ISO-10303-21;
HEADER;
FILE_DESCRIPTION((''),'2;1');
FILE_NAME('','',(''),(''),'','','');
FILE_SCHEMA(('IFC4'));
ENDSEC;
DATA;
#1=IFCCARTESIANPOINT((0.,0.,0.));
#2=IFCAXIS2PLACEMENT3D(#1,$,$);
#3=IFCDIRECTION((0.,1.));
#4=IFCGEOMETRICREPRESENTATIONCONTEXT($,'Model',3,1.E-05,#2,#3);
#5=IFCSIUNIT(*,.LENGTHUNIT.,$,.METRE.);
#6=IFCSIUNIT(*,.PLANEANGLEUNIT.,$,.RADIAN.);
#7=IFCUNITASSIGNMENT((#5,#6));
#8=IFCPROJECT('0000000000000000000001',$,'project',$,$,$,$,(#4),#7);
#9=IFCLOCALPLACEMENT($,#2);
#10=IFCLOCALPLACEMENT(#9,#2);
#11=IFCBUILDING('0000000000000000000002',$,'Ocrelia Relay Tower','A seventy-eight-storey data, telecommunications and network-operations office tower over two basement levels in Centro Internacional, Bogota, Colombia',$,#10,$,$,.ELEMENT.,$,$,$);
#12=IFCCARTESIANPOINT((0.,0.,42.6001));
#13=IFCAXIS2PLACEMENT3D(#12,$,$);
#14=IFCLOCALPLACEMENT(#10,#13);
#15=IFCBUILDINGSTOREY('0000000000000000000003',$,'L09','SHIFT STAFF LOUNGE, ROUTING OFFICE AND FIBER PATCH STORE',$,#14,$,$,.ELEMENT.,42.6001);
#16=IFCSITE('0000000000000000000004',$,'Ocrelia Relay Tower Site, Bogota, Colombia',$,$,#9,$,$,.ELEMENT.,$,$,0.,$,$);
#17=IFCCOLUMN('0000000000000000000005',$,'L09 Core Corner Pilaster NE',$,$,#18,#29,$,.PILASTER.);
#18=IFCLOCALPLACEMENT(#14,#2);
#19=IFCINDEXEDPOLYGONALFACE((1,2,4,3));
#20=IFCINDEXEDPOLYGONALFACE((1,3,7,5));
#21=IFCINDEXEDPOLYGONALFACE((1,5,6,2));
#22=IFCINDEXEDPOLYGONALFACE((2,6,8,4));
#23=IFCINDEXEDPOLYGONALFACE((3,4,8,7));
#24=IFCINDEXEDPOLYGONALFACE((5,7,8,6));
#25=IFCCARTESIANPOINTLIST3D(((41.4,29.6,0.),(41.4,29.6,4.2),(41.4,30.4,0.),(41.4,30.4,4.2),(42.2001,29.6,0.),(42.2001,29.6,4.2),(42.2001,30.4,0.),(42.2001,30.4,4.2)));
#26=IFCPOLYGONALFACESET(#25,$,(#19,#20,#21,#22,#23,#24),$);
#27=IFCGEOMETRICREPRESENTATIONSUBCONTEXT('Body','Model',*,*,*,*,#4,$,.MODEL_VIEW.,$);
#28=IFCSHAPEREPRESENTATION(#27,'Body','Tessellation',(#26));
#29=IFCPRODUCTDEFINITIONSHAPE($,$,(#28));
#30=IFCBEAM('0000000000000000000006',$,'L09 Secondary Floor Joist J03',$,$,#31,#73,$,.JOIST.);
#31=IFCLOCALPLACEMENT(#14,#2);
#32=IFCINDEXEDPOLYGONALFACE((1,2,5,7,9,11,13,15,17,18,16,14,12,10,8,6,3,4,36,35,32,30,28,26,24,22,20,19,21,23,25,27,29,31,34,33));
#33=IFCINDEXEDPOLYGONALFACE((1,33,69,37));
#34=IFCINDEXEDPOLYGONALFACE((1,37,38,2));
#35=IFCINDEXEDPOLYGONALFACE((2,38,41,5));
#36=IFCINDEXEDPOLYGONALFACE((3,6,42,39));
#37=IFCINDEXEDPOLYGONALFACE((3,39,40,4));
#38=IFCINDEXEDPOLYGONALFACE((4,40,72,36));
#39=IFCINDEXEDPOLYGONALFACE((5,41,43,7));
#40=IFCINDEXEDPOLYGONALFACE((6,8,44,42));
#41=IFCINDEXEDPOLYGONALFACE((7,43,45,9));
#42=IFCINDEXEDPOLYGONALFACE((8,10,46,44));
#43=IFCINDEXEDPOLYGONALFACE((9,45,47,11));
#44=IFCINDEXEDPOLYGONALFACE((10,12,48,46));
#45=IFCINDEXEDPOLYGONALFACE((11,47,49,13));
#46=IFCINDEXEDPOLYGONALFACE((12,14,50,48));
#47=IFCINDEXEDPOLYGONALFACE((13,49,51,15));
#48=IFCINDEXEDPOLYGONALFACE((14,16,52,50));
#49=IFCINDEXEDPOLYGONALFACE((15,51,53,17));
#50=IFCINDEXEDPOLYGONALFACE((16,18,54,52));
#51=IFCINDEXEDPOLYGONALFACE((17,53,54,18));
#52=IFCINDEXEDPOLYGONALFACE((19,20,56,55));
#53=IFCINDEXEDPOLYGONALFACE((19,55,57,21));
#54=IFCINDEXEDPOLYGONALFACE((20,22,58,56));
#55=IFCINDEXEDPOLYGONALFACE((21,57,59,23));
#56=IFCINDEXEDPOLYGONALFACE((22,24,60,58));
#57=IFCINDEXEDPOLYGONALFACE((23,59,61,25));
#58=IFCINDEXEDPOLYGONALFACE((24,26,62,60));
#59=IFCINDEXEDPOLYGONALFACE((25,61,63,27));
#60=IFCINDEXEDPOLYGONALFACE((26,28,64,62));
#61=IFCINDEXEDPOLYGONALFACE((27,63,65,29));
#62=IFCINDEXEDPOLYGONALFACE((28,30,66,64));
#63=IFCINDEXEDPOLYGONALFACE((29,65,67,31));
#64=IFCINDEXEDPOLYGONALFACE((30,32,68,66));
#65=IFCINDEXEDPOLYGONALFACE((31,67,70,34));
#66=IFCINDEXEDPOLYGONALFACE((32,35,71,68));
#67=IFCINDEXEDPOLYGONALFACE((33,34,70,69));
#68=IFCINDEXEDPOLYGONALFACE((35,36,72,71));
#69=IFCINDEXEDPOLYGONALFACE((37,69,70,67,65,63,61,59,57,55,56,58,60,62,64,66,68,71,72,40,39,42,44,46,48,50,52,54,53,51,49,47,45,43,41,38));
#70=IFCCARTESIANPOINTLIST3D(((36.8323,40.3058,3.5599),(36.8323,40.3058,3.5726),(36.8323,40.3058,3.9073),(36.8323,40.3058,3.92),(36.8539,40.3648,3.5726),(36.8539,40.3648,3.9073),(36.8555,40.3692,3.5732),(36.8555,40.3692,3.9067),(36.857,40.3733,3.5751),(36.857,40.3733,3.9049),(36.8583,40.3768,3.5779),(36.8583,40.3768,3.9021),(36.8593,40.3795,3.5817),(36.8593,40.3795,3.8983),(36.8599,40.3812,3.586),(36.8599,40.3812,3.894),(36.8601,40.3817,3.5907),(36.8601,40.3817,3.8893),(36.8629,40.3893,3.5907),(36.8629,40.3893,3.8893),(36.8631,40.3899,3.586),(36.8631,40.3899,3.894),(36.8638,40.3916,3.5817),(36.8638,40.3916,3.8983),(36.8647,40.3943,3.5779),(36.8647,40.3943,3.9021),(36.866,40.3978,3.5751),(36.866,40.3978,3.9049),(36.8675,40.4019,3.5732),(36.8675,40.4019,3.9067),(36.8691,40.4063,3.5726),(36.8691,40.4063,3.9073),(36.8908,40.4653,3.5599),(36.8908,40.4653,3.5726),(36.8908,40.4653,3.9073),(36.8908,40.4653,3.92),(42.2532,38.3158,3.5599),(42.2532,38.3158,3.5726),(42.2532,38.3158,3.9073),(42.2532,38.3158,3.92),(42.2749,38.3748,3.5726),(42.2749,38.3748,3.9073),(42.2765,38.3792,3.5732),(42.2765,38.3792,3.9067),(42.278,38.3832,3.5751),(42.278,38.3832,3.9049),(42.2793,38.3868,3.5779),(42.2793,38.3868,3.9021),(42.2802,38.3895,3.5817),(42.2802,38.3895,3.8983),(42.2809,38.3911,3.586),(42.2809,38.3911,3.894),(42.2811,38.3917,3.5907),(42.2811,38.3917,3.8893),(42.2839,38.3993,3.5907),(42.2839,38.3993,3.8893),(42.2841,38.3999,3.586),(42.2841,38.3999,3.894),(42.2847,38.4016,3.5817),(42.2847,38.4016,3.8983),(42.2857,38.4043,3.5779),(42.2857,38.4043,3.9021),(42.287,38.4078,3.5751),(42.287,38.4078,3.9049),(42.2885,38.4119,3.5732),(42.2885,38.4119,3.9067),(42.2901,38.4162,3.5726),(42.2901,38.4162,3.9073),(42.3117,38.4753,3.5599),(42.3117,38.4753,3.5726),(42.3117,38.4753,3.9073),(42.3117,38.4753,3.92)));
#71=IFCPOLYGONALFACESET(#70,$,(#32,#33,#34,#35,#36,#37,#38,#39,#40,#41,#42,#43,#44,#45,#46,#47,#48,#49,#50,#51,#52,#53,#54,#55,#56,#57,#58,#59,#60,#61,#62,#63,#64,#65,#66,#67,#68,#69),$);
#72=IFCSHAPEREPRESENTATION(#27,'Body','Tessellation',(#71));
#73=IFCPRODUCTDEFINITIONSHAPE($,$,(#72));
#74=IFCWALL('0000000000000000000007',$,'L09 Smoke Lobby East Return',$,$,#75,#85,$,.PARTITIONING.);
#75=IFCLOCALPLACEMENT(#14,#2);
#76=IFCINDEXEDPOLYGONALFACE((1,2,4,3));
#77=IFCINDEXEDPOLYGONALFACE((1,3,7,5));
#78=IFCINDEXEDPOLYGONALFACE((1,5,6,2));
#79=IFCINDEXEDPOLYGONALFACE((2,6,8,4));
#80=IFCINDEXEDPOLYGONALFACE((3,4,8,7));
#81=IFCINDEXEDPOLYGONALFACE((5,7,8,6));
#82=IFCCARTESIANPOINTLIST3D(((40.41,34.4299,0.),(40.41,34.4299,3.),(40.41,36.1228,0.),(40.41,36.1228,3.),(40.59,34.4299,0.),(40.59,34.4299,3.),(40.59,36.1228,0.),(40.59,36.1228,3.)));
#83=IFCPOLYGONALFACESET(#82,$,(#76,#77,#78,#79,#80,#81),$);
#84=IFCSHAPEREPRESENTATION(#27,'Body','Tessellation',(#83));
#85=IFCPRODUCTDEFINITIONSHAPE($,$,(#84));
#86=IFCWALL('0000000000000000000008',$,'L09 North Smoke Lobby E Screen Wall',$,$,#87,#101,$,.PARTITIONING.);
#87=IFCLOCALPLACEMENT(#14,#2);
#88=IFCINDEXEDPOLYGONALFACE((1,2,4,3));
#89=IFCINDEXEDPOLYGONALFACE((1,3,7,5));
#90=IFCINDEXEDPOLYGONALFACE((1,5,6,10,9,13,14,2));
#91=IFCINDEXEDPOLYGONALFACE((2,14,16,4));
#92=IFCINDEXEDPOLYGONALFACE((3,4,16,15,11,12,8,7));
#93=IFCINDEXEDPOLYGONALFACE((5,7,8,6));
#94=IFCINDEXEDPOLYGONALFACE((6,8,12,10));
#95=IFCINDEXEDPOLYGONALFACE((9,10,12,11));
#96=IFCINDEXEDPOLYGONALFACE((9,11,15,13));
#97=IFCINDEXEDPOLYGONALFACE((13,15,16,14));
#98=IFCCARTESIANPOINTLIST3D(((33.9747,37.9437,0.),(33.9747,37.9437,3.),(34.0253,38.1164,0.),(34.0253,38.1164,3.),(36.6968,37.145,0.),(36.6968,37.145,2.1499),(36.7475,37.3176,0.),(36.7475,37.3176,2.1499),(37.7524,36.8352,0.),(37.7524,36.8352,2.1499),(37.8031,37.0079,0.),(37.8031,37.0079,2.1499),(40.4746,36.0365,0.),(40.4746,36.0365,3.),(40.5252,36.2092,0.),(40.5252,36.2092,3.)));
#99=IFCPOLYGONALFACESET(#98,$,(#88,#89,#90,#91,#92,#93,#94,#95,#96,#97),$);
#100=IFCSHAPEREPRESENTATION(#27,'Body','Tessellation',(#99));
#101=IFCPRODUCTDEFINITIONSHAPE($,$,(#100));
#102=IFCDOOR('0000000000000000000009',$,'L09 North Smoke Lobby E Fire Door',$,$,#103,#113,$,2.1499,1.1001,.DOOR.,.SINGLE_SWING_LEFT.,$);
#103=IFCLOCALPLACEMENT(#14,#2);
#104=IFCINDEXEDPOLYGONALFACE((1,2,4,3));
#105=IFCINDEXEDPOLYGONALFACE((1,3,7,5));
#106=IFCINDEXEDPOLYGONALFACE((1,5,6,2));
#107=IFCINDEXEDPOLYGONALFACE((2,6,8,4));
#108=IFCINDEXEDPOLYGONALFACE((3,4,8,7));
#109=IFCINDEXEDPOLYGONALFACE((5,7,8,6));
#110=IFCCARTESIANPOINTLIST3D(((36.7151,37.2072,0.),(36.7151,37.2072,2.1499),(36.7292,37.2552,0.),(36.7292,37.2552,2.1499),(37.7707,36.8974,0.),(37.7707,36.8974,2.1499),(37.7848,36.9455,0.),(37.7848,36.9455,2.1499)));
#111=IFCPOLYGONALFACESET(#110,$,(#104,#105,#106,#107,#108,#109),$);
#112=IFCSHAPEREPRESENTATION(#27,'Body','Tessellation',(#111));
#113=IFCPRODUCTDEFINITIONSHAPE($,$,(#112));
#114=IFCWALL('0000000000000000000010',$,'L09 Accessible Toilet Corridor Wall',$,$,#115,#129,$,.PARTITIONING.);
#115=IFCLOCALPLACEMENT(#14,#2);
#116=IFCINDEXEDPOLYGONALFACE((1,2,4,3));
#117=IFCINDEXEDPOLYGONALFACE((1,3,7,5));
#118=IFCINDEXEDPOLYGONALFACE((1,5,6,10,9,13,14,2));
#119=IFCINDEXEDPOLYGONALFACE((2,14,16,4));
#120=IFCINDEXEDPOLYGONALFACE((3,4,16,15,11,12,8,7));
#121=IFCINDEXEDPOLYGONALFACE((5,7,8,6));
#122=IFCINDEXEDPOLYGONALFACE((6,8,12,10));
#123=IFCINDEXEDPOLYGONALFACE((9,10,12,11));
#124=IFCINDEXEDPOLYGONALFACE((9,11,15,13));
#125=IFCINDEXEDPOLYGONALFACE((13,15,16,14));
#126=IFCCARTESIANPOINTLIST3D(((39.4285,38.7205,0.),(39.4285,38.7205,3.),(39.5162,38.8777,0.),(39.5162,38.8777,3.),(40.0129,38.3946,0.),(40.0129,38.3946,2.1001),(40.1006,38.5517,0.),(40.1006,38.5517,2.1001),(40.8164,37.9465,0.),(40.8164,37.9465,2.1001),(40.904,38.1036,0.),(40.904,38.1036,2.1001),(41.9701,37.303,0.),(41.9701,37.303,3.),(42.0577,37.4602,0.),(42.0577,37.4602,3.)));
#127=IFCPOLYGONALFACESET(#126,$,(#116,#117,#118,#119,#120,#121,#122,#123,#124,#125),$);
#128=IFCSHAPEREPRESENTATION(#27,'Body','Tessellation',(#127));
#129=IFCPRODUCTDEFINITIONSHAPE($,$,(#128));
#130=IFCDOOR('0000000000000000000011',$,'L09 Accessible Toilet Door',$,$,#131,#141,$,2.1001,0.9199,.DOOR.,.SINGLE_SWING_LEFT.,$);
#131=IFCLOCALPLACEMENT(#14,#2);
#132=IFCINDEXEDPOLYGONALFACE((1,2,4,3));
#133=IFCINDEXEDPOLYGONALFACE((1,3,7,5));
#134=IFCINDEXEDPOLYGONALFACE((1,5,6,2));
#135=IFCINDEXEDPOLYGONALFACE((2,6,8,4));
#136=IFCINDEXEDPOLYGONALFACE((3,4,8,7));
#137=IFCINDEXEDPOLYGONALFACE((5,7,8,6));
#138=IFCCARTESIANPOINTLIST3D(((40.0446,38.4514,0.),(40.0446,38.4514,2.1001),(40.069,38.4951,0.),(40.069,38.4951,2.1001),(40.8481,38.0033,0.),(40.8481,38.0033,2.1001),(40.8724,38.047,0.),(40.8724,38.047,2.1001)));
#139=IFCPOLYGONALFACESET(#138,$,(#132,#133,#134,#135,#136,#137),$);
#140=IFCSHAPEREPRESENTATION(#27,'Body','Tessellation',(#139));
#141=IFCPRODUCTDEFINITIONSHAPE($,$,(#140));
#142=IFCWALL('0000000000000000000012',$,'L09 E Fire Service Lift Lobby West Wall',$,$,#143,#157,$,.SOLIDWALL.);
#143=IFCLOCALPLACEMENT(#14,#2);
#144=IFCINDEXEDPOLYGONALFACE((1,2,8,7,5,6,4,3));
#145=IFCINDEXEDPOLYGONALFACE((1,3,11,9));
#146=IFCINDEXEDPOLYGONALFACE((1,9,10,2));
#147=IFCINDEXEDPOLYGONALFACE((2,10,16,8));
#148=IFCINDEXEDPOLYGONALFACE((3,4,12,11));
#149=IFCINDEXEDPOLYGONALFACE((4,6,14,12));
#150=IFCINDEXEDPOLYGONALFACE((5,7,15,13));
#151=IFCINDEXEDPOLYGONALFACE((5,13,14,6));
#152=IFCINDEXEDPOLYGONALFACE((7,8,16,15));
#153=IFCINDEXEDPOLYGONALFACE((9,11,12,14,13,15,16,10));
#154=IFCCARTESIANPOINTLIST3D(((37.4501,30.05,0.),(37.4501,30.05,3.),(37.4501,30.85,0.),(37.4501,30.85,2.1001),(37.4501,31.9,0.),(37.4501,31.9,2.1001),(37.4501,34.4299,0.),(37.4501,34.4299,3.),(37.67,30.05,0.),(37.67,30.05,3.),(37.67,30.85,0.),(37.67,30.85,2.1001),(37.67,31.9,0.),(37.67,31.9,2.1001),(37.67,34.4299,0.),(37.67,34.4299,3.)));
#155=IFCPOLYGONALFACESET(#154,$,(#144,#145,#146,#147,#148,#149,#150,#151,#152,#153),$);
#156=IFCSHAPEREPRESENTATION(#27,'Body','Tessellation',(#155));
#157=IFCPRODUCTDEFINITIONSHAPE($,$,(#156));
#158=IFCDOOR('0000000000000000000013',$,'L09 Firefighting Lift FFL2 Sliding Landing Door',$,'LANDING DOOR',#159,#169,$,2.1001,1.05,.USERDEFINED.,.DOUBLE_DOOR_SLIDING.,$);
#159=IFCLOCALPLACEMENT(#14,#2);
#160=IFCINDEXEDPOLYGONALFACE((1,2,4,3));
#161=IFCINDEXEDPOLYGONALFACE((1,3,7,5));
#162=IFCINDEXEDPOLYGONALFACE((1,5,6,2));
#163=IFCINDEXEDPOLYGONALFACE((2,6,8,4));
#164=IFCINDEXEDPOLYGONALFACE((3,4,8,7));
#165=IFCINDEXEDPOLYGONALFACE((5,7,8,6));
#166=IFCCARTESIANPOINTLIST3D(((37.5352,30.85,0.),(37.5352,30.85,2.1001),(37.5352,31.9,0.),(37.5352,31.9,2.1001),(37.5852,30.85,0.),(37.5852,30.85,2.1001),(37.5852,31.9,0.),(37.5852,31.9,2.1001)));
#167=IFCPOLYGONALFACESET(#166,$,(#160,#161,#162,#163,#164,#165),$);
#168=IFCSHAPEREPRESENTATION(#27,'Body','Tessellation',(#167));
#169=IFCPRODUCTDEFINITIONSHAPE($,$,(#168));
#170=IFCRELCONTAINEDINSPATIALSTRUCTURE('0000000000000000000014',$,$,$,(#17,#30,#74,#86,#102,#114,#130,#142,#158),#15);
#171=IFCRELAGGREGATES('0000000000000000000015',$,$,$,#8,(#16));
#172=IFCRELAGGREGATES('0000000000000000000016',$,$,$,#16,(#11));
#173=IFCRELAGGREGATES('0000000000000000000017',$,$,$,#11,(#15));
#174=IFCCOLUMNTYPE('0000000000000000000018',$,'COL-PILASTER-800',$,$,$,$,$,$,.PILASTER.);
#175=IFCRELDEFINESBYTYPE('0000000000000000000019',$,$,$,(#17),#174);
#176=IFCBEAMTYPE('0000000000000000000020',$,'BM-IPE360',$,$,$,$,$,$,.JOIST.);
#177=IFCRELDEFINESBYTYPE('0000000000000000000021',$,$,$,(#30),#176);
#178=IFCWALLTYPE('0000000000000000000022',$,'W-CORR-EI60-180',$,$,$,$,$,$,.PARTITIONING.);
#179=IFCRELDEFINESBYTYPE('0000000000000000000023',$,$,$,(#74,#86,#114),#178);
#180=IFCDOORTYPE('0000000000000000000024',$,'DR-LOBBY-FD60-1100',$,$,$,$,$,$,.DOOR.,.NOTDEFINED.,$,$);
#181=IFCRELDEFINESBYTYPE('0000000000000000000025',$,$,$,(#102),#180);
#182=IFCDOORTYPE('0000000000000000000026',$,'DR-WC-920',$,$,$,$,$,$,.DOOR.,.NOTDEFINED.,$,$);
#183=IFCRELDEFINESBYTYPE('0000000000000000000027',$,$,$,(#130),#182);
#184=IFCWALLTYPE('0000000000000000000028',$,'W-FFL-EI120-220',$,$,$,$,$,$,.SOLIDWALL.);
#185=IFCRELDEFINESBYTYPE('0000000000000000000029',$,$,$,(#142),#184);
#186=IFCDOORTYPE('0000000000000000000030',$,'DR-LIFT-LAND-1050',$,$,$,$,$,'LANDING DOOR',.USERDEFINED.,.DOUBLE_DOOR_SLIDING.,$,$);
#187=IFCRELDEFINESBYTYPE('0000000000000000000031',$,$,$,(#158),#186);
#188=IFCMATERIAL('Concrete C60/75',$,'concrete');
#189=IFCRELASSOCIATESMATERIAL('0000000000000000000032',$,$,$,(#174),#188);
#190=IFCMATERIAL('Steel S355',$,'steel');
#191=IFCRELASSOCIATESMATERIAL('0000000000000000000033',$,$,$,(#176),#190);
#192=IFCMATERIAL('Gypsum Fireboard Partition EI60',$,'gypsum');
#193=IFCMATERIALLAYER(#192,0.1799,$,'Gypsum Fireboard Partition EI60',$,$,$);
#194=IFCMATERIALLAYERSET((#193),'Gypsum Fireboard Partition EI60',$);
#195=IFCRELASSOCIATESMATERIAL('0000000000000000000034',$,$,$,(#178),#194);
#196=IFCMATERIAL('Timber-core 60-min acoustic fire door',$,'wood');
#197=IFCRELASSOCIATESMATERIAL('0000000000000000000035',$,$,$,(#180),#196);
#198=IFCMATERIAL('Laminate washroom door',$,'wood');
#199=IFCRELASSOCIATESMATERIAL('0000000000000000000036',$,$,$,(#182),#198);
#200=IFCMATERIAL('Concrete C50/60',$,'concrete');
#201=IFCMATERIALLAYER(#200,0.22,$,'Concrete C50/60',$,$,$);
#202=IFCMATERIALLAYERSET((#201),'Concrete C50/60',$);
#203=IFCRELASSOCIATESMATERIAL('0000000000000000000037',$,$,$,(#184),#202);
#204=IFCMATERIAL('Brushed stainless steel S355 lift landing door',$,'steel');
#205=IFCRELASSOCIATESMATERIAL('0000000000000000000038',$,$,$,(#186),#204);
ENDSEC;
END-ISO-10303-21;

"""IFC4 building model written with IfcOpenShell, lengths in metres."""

from ifc_helpers import new_model, si_unit, direction, frame, frame_2d, origin, origin_2d, place, context, subcontext, project, spatial, rectangle, i_section, extrude, material, layer, layer_set, material_profile, profile_set, type_object, element, fill, save


model = new_model("IFC4")

# Units and contexts
model_context = context("Model", 3, precision=1e-05, world=origin(), true_north=direction((0.0, 1.0)))
body_context = subcontext(model_context, "Body", "Model", "MODEL_VIEW")
ifc_project = project(units=[si_unit("LENGTHUNIT", "METRE"), si_unit("PLANEANGLEUNIT", "RADIAN")], contexts=[model_context])

# Site, building, storey
site_placement = place(None, origin())
site = spatial("IfcSite", under=ifc_project, at=site_placement, Name="Ocrelia Relay Tower Site, Bogota, Colombia", CompositionType="ELEMENT", RefElevation=0.0)
building_placement = place(site_placement, origin())
building = spatial("IfcBuilding", under=site, at=building_placement, Name="Ocrelia Relay Tower", Description="A seventy-eight-storey data, telecommunications and network-operations office tower over two basement levels in Centro Internacional, Bogota, Colombia", CompositionType="ELEMENT")
storey_placement = place(building_placement, frame((0.0, 0.0, 42.6001)))
storey = spatial("IfcBuildingStorey", under=building, at=storey_placement, Name="L09", Description="SHIFT STAFF LOUNGE, ROUTING OFFICE AND FIBER PATCH STORE", CompositionType="ELEMENT", Elevation=42.6001)

# Column
ifc_material_1 = material(Name="Concrete C60/75", Category="concrete")
ifc_material_profile_1 = material_profile(ifc_material_1, rectangle(XDim=0.8, YDim=0.8, at=origin_2d()), Name="RC-COL-800x800")
ifc_profile_set_1 = profile_set([ifc_material_profile_1], Name="Concrete C60/75")
column_type = type_object("IfcColumnType", Name="COL-PILASTER-800", PredefinedType="PILASTER", material=ifc_profile_set_1)
column_placement = place(storey_placement, frame((41.8, 30.0, 0.0), z_axis=(0.0, 0.0, 1.0), x_axis=(1.0, 0.0, 0.0)))
element("IfcColumn", 1, at=column_placement, inside=storey, type_object=column_type, Name="L09 Core Corner Pilaster NE", PredefinedType="PILASTER", context=body_context, shape_type="SweptSolid", body=[
    extrude(rectangle(XDim=0.8, YDim=0.8, at=origin_2d()), origin(), (0.0, 0.0, 1.0), 4.2),
])

# Beam
ifc_material_2 = material(Name="Steel S355", Category="steel")
ifc_material_profile_2 = material_profile(ifc_material_2, i_section(OverallWidth=0.1699, OverallDepth=0.3601, WebThickness=0.0081, FlangeThickness=0.0127, FilletRadius=0.0181, at=origin_2d()), Name="IPE 360")
ifc_profile_set_2 = profile_set([ifc_material_profile_2], Name="Steel S355")
beam_type = type_object("IfcBeamType", Name="BM-IPE360", PredefinedType="JOIST", material=ifc_profile_set_2)
beam_placement = place(storey_placement, frame((42.2825, 38.3955, 3.74), z_axis=(-0.938746, 0.34461, 0.0), x_axis=(-0.34461, -0.938746, 0.0)))
element("IfcBeam", 2, at=beam_placement, inside=storey, type_object=beam_type, Name="L09 Secondary Floor Joist J03", PredefinedType="JOIST", context=body_context, shape_type="SweptSolid", body=[
    extrude(i_section(OverallWidth=0.1699, OverallDepth=0.3601, WebThickness=0.0081, FlangeThickness=0.0127, FilletRadius=0.0181, at=origin_2d()), origin(), (0.0, 0.0, 1.0), 5.7747),
])

# Wall
ifc_material_3 = material(Name="Gypsum Fireboard Partition EI60", Category="gypsum")
ifc_layer_1 = layer(ifc_material_3, 0.1799, Name="Gypsum Fireboard Partition EI60")
ifc_layer_set_1 = layer_set([ifc_layer_1], Name="Gypsum Fireboard Partition EI60")
wall_type_1 = type_object("IfcWallType", Name="W-CORR-EI60-180", PredefinedType="PARTITIONING", material=ifc_layer_set_1)
wall_1_placement = place(storey_placement, frame((40.5, 36.1228, 0.0), z_axis=(0.0, 0.0, 1.0), x_axis=(0.0, -1.0, 0.0)))
element("IfcWall", 3, at=wall_1_placement, inside=storey, type_object=wall_type_1, Name="L09 Smoke Lobby East Return", PredefinedType="PARTITIONING", context=body_context, shape_type="SweptSolid", body=[
    extrude(rectangle(XDim=1.6929, YDim=0.1799, at=frame_2d((0.8464, 0.0))), origin(), (0.0, 0.0, 1.0), 3.0),
])

# Walls, openings, doors
wall_2_placement = place(storey_placement, frame((34.0, 38.03, 0.0), z_axis=(0.0, 0.0, 1.0), x_axis=(0.959547, -0.28155, 0.0)))
wall_2 = element("IfcWall", 4, at=wall_2_placement, inside=storey, type_object=wall_type_1, Name="L09 North Smoke Lobby E Screen Wall", PredefinedType="PARTITIONING", context=body_context, shape_type="SweptSolid", body=[
    extrude(rectangle(XDim=6.7739, YDim=0.1799, at=frame_2d((3.387, 0.0))), origin(), (0.0, 0.0, 1.0), 3.0),
])
opening_1_placement = place(wall_2_placement, frame((2.8369, 0.0, 0.0)))
opening_1 = element("IfcOpeningElement", 5, at=opening_1_placement, cuts=wall_2, PredefinedType="OPENING", context=body_context, shape_type="SweptSolid", body=[
    extrude(rectangle(XDim=1.1001, YDim=2.1499, at=frame_2d((0.55, 1.075))), frame((0.0, 0.1001, 0.0), z_axis=(0.0, -1.0, 0.0), x_axis=(1.0, 0.0, 0.0)), (0.0, 0.0, 1.0), 0.2),
])
ifc_material_4 = material(Name="Timber-core 60-min acoustic fire door", Category="wood")
door_type_1 = type_object("IfcDoorType", Name="DR-LOBBY-FD60-1100", OperationType="NOTDEFINED", PredefinedType="DOOR", material=ifc_material_4)
door_1_placement = place(opening_1_placement, origin())
door_1 = element("IfcDoor", 6, at=door_1_placement, inside=storey, type_object=door_type_1, Name="L09 North Smoke Lobby E Fire Door", OperationType="SINGLE_SWING_LEFT", OverallHeight=2.1499, OverallWidth=1.1001, PredefinedType="DOOR", context=body_context, shape_type="SweptSolid", body=[
    extrude(rectangle(XDim=1.1001, YDim=2.1499, at=frame_2d((0.55, 1.075))), frame((0.0, 0.0249, 0.0), z_axis=(0.0, -1.0, 0.0), x_axis=(1.0, 0.0, 0.0)), (0.0, 0.0, 1.0), 0.05),
])
fill(opening_1, door_1)
wall_3_placement = place(storey_placement, frame((42.0139, 37.3816, 0.0), z_axis=(0.0, 0.0, 1.0), x_axis=(-0.873349, 0.487095, 0.0)))
wall_3 = element("IfcWall", 7, at=wall_3_placement, inside=storey, type_object=wall_type_1, Name="L09 Accessible Toilet Corridor Wall", PredefinedType="PARTITIONING", context=body_context, shape_type="SweptSolid", body=[
    extrude(rectangle(XDim=2.9102, YDim=0.1799, at=frame_2d((1.4551, 0.0))), origin(), (0.0, 0.0, 1.0), 3.0),
])
opening_2_placement = place(wall_3_placement, frame((1.321, 0.0, 0.0)))
opening_2 = element("IfcOpeningElement", 8, at=opening_2_placement, cuts=wall_3, PredefinedType="OPENING", context=body_context, shape_type="SweptSolid", body=[
    extrude(rectangle(XDim=0.9199, YDim=2.1001, at=frame_2d((0.46, 1.05))), frame((0.0, 0.1001, 0.0), z_axis=(0.0, -1.0, 0.0), x_axis=(1.0, 0.0, 0.0)), (0.0, 0.0, 1.0), 0.2),
])
ifc_material_5 = material(Name="Laminate washroom door", Category="wood")
door_type_2 = type_object("IfcDoorType", Name="DR-WC-920", OperationType="NOTDEFINED", PredefinedType="DOOR", material=ifc_material_5)
door_2_placement = place(opening_2_placement, origin())
door_2 = element("IfcDoor", 9, at=door_2_placement, inside=storey, type_object=door_type_2, Name="L09 Accessible Toilet Door", OperationType="SINGLE_SWING_LEFT", OverallHeight=2.1001, OverallWidth=0.9199, PredefinedType="DOOR", context=body_context, shape_type="SweptSolid", body=[
    extrude(rectangle(XDim=0.9199, YDim=2.1001, at=frame_2d((0.46, 1.05))), frame((0.0, 0.0249, 0.0), z_axis=(0.0, -1.0, 0.0), x_axis=(1.0, 0.0, 0.0)), (0.0, 0.0, 1.0), 0.05),
])
fill(opening_2, door_2)
ifc_material_6 = material(Name="Concrete C50/60", Category="concrete")
ifc_layer_2 = layer(ifc_material_6, 0.22, Name="Concrete C50/60")
ifc_layer_set_2 = layer_set([ifc_layer_2], Name="Concrete C50/60")
wall_type_2 = type_object("IfcWallType", Name="W-FFL-EI120-220", PredefinedType="SOLIDWALL", material=ifc_layer_set_2)
wall_4_placement = place(storey_placement, frame((37.5601, 30.05, 0.0), z_axis=(0.0, 0.0, 1.0), x_axis=(0.0, 1.0, 0.0)))
wall_4 = element("IfcWall", 10, at=wall_4_placement, inside=storey, type_object=wall_type_2, Name="L09 E Fire Service Lift Lobby West Wall", PredefinedType="SOLIDWALL", context=body_context, shape_type="SweptSolid", body=[
    extrude(rectangle(XDim=4.3799, YDim=0.22, at=frame_2d((2.1899, 0.0))), origin(), (0.0, 0.0, 1.0), 3.0),
])
opening_3_placement = place(wall_4_placement, frame((0.8, 0.0, 0.0)))
opening_3 = element("IfcOpeningElement", 11, at=opening_3_placement, cuts=wall_4, PredefinedType="OPENING", context=body_context, shape_type="SweptSolid", body=[
    extrude(rectangle(XDim=1.05, YDim=2.1001, at=frame_2d((0.5249, 1.05))), frame((0.0, 0.1201, 0.0), z_axis=(0.0, -1.0, 0.0), x_axis=(1.0, 0.0, 0.0)), (0.0, 0.0, 1.0), 0.24),
])
ifc_material_7 = material(Name="Brushed stainless steel S355 lift landing door", Category="steel")
door_type_3 = type_object("IfcDoorType", Name="DR-LIFT-LAND-1050", ElementType="LANDING DOOR", OperationType="DOUBLE_DOOR_SLIDING", PredefinedType="USERDEFINED", material=ifc_material_7)
door_3_placement = place(opening_3_placement, origin())
door_3 = element("IfcDoor", 12, at=door_3_placement, inside=storey, type_object=door_type_3, Name="L09 Firefighting Lift FFL2 Sliding Landing Door", ObjectType="LANDING DOOR", OperationType="DOUBLE_DOOR_SLIDING", OverallHeight=2.1001, OverallWidth=1.05, PredefinedType="USERDEFINED", context=body_context, shape_type="SweptSolid", body=[
    extrude(rectangle(XDim=1.05, YDim=2.1001, at=frame_2d((0.5249, 1.05))), frame((0.0, 0.0249, 0.0), z_axis=(0.0, -1.0, 0.0), x_axis=(1.0, 0.0, 0.0)), (0.0, 0.0, 1.0), 0.05),
])
fill(opening_3, door_3)

save(model, "model.ifc")
